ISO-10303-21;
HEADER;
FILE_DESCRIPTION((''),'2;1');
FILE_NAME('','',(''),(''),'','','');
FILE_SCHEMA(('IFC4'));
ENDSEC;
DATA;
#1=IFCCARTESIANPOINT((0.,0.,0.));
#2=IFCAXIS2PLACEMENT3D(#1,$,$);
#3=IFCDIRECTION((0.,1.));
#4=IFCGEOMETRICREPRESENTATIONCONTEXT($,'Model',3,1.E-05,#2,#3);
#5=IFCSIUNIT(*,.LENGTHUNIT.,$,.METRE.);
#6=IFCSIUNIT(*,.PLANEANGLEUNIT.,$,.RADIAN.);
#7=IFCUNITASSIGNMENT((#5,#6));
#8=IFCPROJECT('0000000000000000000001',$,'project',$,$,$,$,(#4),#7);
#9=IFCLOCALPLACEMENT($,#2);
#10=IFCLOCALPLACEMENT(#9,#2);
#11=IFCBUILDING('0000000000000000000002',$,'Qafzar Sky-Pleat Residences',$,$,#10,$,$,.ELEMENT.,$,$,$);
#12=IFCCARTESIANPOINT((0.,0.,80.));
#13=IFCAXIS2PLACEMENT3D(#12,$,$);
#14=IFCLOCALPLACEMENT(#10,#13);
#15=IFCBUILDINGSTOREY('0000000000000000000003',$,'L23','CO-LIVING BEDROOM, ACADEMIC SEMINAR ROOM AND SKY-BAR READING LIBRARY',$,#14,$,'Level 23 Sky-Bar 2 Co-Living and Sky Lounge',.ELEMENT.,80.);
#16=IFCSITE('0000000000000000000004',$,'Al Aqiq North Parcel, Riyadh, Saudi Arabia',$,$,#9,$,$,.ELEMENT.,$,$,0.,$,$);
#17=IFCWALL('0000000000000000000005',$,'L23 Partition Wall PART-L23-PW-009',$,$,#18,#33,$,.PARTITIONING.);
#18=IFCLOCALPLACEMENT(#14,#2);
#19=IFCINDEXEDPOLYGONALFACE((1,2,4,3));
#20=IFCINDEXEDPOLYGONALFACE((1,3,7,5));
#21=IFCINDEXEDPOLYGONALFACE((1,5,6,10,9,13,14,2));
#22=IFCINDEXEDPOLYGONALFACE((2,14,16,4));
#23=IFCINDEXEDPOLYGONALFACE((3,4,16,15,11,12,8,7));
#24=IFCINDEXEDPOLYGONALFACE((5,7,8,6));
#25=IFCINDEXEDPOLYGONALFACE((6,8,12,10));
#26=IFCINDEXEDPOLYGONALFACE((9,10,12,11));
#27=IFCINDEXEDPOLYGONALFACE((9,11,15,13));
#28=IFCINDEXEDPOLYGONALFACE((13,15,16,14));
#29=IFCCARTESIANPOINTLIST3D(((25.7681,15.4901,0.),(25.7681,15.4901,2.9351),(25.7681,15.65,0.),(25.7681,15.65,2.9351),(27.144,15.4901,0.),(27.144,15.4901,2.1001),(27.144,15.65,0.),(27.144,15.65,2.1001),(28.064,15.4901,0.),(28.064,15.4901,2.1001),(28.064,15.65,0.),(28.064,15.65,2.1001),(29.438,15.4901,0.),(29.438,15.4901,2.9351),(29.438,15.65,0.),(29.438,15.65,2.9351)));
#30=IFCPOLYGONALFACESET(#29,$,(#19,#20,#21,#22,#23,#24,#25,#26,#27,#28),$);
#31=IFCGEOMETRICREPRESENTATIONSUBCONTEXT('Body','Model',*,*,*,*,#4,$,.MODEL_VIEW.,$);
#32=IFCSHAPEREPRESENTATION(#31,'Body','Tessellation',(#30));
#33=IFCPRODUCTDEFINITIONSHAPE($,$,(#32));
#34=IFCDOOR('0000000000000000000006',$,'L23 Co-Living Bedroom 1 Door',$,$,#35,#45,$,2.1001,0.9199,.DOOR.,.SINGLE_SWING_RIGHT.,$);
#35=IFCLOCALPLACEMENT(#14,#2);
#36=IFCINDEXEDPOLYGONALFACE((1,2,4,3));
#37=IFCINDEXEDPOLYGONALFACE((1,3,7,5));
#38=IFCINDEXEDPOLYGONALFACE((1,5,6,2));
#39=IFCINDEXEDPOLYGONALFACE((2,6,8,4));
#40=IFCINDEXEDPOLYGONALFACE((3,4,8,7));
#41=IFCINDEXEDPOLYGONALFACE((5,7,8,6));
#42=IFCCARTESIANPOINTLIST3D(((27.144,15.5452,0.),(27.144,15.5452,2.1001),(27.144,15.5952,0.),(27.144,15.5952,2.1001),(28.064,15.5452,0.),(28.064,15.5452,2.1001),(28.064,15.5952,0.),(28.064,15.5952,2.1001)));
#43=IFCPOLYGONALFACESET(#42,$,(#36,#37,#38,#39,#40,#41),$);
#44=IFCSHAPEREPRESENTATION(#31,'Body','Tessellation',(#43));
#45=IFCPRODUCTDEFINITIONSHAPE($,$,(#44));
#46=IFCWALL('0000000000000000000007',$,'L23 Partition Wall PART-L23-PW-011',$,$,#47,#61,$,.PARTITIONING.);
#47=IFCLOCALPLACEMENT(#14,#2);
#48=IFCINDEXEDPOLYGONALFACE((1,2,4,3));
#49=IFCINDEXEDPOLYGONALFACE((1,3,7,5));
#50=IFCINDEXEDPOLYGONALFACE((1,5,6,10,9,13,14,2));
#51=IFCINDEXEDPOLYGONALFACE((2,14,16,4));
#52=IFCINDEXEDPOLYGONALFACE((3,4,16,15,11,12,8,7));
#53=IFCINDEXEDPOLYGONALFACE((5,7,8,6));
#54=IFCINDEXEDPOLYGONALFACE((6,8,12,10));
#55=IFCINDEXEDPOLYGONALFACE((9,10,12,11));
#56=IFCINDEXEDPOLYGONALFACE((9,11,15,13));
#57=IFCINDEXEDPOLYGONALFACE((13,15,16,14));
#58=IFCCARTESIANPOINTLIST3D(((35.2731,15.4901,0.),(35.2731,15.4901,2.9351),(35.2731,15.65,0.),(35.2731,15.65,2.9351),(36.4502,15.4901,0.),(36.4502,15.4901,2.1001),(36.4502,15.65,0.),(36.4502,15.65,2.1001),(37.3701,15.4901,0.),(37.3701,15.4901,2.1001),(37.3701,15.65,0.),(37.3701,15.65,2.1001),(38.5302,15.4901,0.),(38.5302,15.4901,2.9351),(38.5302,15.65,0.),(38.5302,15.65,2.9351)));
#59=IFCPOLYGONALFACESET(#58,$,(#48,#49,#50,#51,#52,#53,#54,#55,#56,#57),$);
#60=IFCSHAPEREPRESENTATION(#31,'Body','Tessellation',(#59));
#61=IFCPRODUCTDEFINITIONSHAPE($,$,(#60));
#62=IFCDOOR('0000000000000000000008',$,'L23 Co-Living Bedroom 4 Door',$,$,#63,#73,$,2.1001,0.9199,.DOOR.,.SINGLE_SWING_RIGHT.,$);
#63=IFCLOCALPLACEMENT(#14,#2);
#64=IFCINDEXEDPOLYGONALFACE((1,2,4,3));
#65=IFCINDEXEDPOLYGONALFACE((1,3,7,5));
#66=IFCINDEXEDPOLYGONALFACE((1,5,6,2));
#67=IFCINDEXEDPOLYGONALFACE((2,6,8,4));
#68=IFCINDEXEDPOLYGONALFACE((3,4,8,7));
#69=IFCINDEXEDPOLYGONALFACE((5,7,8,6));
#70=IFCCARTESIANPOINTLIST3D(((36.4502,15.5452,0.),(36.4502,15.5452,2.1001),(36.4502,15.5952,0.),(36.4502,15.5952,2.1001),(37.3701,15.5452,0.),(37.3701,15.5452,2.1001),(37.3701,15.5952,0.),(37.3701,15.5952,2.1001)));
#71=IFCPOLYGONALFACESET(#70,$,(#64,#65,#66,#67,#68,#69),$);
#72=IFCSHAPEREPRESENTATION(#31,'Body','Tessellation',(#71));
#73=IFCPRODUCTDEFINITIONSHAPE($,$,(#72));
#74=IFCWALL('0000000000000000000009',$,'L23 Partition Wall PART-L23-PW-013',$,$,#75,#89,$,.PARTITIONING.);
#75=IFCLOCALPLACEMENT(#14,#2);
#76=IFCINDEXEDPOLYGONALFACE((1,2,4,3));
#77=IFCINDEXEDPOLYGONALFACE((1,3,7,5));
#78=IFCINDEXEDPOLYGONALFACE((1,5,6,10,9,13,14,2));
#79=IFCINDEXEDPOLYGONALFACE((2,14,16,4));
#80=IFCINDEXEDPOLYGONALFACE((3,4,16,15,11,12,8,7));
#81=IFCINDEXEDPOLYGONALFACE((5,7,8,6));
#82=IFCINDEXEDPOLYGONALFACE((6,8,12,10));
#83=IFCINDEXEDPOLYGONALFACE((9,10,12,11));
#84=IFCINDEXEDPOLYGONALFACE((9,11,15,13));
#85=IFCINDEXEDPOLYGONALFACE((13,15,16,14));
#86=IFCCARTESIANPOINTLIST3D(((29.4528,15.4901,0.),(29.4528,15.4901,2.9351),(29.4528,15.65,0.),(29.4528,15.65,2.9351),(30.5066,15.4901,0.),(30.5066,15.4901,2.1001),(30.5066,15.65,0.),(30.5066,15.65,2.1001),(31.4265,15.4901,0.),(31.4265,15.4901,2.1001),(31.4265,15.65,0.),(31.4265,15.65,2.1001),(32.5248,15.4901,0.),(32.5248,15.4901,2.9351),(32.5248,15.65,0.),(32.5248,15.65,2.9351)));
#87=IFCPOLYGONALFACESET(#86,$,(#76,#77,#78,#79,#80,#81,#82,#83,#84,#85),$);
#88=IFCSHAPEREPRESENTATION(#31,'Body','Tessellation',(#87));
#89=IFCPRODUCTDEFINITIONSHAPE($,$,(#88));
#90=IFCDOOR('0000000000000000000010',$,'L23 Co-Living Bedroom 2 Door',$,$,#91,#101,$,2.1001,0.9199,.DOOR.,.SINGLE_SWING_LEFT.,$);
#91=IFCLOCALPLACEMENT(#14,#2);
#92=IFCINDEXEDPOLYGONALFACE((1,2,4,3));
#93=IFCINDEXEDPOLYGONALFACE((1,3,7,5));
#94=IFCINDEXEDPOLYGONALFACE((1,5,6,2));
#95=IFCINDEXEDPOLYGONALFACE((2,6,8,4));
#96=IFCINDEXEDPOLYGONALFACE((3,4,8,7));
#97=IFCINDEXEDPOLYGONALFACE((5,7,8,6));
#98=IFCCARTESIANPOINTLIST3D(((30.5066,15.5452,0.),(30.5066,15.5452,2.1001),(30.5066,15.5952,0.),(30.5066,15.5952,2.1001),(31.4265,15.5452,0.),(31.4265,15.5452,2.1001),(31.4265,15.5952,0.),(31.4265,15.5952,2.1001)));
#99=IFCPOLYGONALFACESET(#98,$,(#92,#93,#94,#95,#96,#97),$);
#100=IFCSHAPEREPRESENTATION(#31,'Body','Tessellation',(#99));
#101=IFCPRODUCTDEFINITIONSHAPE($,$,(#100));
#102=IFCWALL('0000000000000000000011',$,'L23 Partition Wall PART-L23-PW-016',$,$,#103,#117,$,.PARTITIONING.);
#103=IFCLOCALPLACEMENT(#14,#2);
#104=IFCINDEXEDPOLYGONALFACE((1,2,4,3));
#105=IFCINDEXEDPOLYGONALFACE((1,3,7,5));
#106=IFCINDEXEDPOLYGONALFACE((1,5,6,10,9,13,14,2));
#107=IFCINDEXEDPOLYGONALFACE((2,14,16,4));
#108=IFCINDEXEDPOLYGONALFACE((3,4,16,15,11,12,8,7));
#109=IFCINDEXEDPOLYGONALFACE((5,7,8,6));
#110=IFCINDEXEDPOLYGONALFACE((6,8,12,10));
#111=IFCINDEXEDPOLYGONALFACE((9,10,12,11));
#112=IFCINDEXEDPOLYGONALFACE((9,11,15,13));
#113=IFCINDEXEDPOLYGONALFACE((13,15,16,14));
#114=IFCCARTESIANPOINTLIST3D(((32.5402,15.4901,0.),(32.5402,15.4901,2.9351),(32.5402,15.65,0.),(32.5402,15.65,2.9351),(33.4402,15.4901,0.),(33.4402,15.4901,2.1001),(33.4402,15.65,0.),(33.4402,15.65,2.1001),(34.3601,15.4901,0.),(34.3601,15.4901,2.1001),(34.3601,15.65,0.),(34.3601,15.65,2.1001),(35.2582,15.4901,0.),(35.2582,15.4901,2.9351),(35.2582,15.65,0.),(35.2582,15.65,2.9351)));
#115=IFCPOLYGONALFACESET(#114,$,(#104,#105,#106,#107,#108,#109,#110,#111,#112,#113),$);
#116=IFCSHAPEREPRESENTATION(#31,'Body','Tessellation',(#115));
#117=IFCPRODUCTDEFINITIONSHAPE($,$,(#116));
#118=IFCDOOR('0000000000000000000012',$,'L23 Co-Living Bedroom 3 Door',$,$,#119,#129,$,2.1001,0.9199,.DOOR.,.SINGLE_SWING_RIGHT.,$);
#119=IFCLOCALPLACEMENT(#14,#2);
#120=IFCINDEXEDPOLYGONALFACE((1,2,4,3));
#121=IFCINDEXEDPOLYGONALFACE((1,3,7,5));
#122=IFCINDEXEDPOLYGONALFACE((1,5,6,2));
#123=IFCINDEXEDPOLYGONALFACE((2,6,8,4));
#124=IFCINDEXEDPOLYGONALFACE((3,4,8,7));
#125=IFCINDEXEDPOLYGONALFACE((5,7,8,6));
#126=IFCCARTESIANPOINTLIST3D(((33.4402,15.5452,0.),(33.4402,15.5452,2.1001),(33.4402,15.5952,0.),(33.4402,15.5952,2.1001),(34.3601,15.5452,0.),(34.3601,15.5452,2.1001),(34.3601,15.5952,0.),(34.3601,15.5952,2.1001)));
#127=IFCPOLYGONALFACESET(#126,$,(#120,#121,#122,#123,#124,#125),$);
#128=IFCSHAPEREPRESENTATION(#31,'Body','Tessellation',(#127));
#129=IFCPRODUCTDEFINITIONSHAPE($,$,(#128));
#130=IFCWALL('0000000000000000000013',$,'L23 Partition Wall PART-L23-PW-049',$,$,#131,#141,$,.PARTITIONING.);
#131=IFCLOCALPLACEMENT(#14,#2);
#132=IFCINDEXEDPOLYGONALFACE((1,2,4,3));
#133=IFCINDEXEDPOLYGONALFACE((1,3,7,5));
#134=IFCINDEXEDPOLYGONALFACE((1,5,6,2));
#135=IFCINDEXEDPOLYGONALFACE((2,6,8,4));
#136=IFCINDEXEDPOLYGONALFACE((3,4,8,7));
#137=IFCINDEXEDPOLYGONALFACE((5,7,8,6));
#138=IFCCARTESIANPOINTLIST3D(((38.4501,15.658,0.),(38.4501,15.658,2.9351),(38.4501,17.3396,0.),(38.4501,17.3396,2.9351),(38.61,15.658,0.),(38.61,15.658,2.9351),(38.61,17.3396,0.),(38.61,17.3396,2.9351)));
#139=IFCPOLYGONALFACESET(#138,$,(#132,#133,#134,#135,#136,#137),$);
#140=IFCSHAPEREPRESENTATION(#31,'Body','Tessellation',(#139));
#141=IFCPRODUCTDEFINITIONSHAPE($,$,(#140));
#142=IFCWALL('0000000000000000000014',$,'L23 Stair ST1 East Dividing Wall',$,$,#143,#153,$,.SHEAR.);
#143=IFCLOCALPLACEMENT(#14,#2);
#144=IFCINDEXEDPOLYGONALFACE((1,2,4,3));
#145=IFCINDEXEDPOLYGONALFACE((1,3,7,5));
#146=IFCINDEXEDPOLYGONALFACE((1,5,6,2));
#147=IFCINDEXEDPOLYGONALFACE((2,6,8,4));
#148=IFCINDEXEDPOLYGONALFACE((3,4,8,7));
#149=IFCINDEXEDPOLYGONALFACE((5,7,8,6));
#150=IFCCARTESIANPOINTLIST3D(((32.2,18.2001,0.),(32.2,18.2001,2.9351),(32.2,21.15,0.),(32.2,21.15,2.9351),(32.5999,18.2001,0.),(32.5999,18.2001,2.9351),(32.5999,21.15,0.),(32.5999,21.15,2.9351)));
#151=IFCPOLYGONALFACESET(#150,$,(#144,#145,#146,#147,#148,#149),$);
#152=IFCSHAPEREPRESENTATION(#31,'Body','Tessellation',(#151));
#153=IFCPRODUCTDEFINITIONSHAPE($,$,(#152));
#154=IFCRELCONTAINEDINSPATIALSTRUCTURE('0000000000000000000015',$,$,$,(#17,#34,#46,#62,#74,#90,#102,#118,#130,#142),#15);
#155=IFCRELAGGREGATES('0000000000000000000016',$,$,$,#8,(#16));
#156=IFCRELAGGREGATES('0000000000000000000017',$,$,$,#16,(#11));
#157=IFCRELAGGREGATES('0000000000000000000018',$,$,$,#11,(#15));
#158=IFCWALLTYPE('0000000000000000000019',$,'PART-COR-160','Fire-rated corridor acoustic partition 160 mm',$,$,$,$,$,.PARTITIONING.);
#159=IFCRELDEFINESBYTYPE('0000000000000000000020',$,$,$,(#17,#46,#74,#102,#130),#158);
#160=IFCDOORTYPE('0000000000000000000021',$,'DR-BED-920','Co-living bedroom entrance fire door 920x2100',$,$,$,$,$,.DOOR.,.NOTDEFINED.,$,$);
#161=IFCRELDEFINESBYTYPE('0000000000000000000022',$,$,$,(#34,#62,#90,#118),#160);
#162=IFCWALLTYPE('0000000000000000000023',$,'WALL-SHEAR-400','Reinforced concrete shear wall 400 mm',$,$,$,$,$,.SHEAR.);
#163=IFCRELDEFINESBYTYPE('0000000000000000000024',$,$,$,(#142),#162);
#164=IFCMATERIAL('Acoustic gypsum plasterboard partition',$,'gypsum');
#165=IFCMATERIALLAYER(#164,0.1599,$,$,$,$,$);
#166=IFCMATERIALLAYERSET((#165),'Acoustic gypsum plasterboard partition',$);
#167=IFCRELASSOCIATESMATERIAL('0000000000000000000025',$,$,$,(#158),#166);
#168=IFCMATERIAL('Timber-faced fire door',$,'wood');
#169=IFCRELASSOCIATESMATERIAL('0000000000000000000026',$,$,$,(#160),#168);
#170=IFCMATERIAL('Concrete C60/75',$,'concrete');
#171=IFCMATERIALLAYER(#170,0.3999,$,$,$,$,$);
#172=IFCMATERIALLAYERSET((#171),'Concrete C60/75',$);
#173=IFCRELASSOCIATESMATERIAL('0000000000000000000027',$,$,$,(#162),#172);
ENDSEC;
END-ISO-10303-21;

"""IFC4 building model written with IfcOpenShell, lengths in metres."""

from ifc_helpers import new_model, si_unit, direction, frame, frame_2d, origin, place, context, subcontext, project, spatial, rectangle, extrude, source, transform, mapped, material, layer, layer_set, type_object, element, fill, save


model = new_model("IFC4")

# Units and contexts
model_context = context("Model", 3, precision=1e-05, world=origin(), true_north=direction((0.0, 1.0)))
body_context = subcontext(model_context, "Body", "Model", "MODEL_VIEW")
ifc_project = project(units=[si_unit("LENGTHUNIT", "METRE"), si_unit("PLANEANGLEUNIT", "RADIAN")], contexts=[model_context])

# Site, building, storey
site_placement = place(None, origin())
site = spatial("IfcSite", under=ifc_project, at=site_placement, Name="Al Aqiq North Parcel, Riyadh, Saudi Arabia", CompositionType="ELEMENT", RefElevation=0.0)
building_placement = place(site_placement, origin())
building = spatial("IfcBuilding", under=site, at=building_placement, Name="Qafzar Sky-Pleat Residences", CompositionType="ELEMENT")
storey_placement = place(building_placement, frame((0.0, 0.0, 80.0)))
storey = spatial("IfcBuildingStorey", under=building, at=storey_placement, Name="L23", Description="CO-LIVING BEDROOM, ACADEMIC SEMINAR ROOM AND SKY-BAR READING LIBRARY", LongName="Level 23 Sky-Bar 2 Co-Living and Sky Lounge", CompositionType="ELEMENT", Elevation=80.0)

# Walls, openings, doors
ifc_material_1 = material(Name="Acoustic gypsum plasterboard partition", Category="gypsum")
ifc_layer_1 = layer(ifc_material_1, 0.1599)
ifc_layer_set_1 = layer_set([ifc_layer_1], Name="Acoustic gypsum plasterboard partition")
wall_type_1 = type_object("IfcWallType", Name="PART-COR-160", Description="Fire-rated corridor acoustic partition 160 mm", PredefinedType="PARTITIONING", material=ifc_layer_set_1)
wall_1_placement = place(storey_placement, frame((29.438, 15.5701, 0.0), z_axis=(0.0, 0.0, 1.0), x_axis=(-1.0, 0.0, 0.0)))
wall_1 = element("IfcWall", 1, at=wall_1_placement, inside=storey, type_object=wall_type_1, Name="L23 Partition Wall PART-L23-PW-009", PredefinedType="PARTITIONING", context=body_context, shape_type="SweptSolid", body=[
    extrude(rectangle(XDim=3.6699, YDim=0.1599, at=frame_2d((1.835, 0.0))), origin(), (0.0, 0.0, 1.0), 2.9351),
])
opening_1_placement = place(wall_1_placement, frame((1.374, 0.0, 0.0)))
opening_1 = element("IfcOpeningElement", 2, at=opening_1_placement, cuts=wall_1, PredefinedType="OPENING", context=body_context, shape_type="SweptSolid", body=[
    extrude(rectangle(XDim=0.9199, YDim=2.1001, at=frame_2d((0.46, 1.05))), frame((0.0, 0.0898, 0.0), z_axis=(0.0, -1.0, 0.0), x_axis=(1.0, 0.0, 0.0)), (0.0, 0.0, 1.0), 0.1799),
])
ifc_material_2 = material(Name="Timber-faced fire door", Category="wood")
door_type_1 = type_object("IfcDoorType", Name="DR-BED-920", Description="Co-living bedroom entrance fire door 920x2100", OperationType="NOTDEFINED", PredefinedType="DOOR", material=ifc_material_2)
shared_shape_1 = source(origin(), body_context, "Body", "SweptSolid", [
    extrude(rectangle(XDim=0.9199, YDim=2.1001, at=frame_2d((0.46, 1.05))), frame((0.0, 0.0249, 0.0), z_axis=(0.0, -1.0, 0.0), x_axis=(1.0, 0.0, 0.0)), (0.0, 0.0, 1.0), 0.05),
])
door_1_placement = place(opening_1_placement, origin())
door_1 = element("IfcDoor", 3, at=door_1_placement, inside=storey, type_object=door_type_1, Name="L23 Co-Living Bedroom 1 Door", OperationType="SINGLE_SWING_RIGHT", OverallHeight=2.1001, OverallWidth=0.9199, PredefinedType="DOOR", context=body_context, shape_type="MappedRepresentation", body=[
    mapped(shared_shape_1, transform((0.0, 0.0, 0.0), x_axis=(1.0, 0.0, 0.0), y_axis=(0.0, 1.0, 0.0), z_axis=(0.0, 0.0, 1.0), scale=1.0)),
])
fill(opening_1, door_1)
wall_2_placement = place(storey_placement, frame((38.53, 15.5701, 0.0), z_axis=(0.0, 0.0, 1.0), x_axis=(-1.0, 0.0, 0.0)))
wall_2 = element("IfcWall", 4, at=wall_2_placement, inside=storey, type_object=wall_type_1, Name="L23 Partition Wall PART-L23-PW-011", PredefinedType="PARTITIONING", context=body_context, shape_type="SweptSolid", body=[
    extrude(rectangle(XDim=3.2571, YDim=0.1599, at=frame_2d((1.6284, 0.0))), origin(), (0.0, 0.0, 1.0), 2.9351),
])
opening_2_placement = place(wall_2_placement, frame((1.1599, 0.0, 0.0)))
opening_2 = element("IfcOpeningElement", 5, at=opening_2_placement, cuts=wall_2, PredefinedType="OPENING", context=body_context, shape_type="SweptSolid", body=[
    extrude(rectangle(XDim=0.9199, YDim=2.1001, at=frame_2d((0.46, 1.05))), frame((0.0, 0.0898, 0.0), z_axis=(0.0, -1.0, 0.0), x_axis=(1.0, 0.0, 0.0)), (0.0, 0.0, 1.0), 0.1799),
])
door_2_placement = place(opening_2_placement, origin())
door_2 = element("IfcDoor", 6, at=door_2_placement, inside=storey, type_object=door_type_1, Name="L23 Co-Living Bedroom 4 Door", OperationType="SINGLE_SWING_RIGHT", OverallHeight=2.1001, OverallWidth=0.9199, PredefinedType="DOOR", context=body_context, shape_type="MappedRepresentation", body=[
    mapped(shared_shape_1, transform((0.0, 0.0, 0.0), x_axis=(1.0, 0.0, 0.0), y_axis=(0.0, 1.0, 0.0), z_axis=(0.0, 0.0, 1.0), scale=1.0)),
])
fill(opening_2, door_2)
wall_3_placement = place(storey_placement, frame((32.5249, 15.5701, 0.0), z_axis=(0.0, 0.0, 1.0), x_axis=(-1.0, 0.0, 0.0)))
wall_3 = element("IfcWall", 7, at=wall_3_placement, inside=storey, type_object=wall_type_1, Name="L23 Partition Wall PART-L23-PW-013", PredefinedType="PARTITIONING", context=body_context, shape_type="SweptSolid", body=[
    extrude(rectangle(XDim=3.072, YDim=0.1599, at=frame_2d((1.5361, 0.0))), origin(), (0.0, 0.0, 1.0), 2.9351),
])
opening_3_placement = place(wall_3_placement, frame((1.0984, 0.0, 0.0)))
opening_3 = element("IfcOpeningElement", 8, at=opening_3_placement, cuts=wall_3, PredefinedType="OPENING", context=body_context, shape_type="SweptSolid", body=[
    extrude(rectangle(XDim=0.9199, YDim=2.1001, at=frame_2d((0.46, 1.05))), frame((0.0, 0.0898, 0.0), z_axis=(0.0, -1.0, 0.0), x_axis=(1.0, 0.0, 0.0)), (0.0, 0.0, 1.0), 0.1799),
])
door_3_placement = place(opening_3_placement, origin())
door_3 = element("IfcDoor", 9, at=door_3_placement, inside=storey, type_object=door_type_1, Name="L23 Co-Living Bedroom 2 Door", OperationType="SINGLE_SWING_LEFT", OverallHeight=2.1001, OverallWidth=0.9199, PredefinedType="DOOR", context=body_context, shape_type="MappedRepresentation", body=[
    mapped(shared_shape_1, transform((0.0, 0.0, 0.0), x_axis=(1.0, 0.0, 0.0), y_axis=(0.0, 1.0, 0.0), z_axis=(0.0, 0.0, 1.0), scale=1.0)),
])
fill(opening_3, door_3)
wall_4_placement = place(storey_placement, frame((35.2581, 15.5701, 0.0), z_axis=(0.0, 0.0, 1.0), x_axis=(-1.0, 0.0, 0.0)))
wall_4 = element("IfcWall", 10, at=wall_4_placement, inside=storey, type_object=wall_type_1, Name="L23 Partition Wall PART-L23-PW-016", PredefinedType="PARTITIONING", context=body_context, shape_type="SweptSolid", body=[
    extrude(rectangle(XDim=2.718, YDim=0.1599, at=frame_2d((1.3589, 0.0))), origin(), (0.0, 0.0, 1.0), 2.9351),
])
opening_4_placement = place(wall_4_placement, frame((0.8979, 0.0, 0.0)))
opening_4 = element("IfcOpeningElement", 11, at=opening_4_placement, cuts=wall_4, PredefinedType="OPENING", context=body_context, shape_type="SweptSolid", body=[
    extrude(rectangle(XDim=0.9199, YDim=2.1001, at=frame_2d((0.46, 1.05))), frame((0.0, 0.0898, 0.0), z_axis=(0.0, -1.0, 0.0), x_axis=(1.0, 0.0, 0.0)), (0.0, 0.0, 1.0), 0.1799),
])
door_4_placement = place(opening_4_placement, origin())
door_4 = element("IfcDoor", 12, at=door_4_placement, inside=storey, type_object=door_type_1, Name="L23 Co-Living Bedroom 3 Door", OperationType="SINGLE_SWING_RIGHT", OverallHeight=2.1001, OverallWidth=0.9199, PredefinedType="DOOR", context=body_context, shape_type="MappedRepresentation", body=[
    mapped(shared_shape_1, transform((0.0, 0.0, 0.0), x_axis=(1.0, 0.0, 0.0), y_axis=(0.0, 1.0, 0.0), z_axis=(0.0, 0.0, 1.0), scale=1.0)),
])
fill(opening_4, door_4)

# Walls
wall_5_placement = place(storey_placement, frame((38.53, 15.658, 0.0), z_axis=(0.0, 0.0, 1.0), x_axis=(0.0, 1.0, 0.0)))
element("IfcWall", 13, at=wall_5_placement, inside=storey, type_object=wall_type_1, Name="L23 Partition Wall PART-L23-PW-049", PredefinedType="PARTITIONING", context=body_context, shape_type="SweptSolid", body=[
    extrude(rectangle(XDim=1.6816, YDim=0.1599, at=frame_2d((0.8408, 0.0))), origin(), (0.0, 0.0, 1.0), 2.9351),
])
ifc_material_3 = material(Name="Concrete C60/75", Category="concrete")
ifc_layer_2 = layer(ifc_material_3, 0.3999)
ifc_layer_set_2 = layer_set([ifc_layer_2], Name="Concrete C60/75")
wall_type_2 = type_object("IfcWallType", Name="WALL-SHEAR-400", Description="Reinforced concrete shear wall 400 mm", PredefinedType="SHEAR", material=ifc_layer_set_2)
wall_6_placement = place(storey_placement, frame((32.3999, 18.2, 0.0), z_axis=(0.0, 0.0, 1.0), x_axis=(0.0, 1.0, 0.0)))
element("IfcWall", 14, at=wall_6_placement, inside=storey, type_object=wall_type_2, Name="L23 Stair ST1 East Dividing Wall", PredefinedType="SHEAR", context=body_context, shape_type="SweptSolid", body=[
    extrude(rectangle(XDim=2.95, YDim=0.3999, at=frame_2d((1.4751, 0.0))), origin(), (0.0, 0.0, 1.0), 2.9351),
])

save(model, "model.ifc")
